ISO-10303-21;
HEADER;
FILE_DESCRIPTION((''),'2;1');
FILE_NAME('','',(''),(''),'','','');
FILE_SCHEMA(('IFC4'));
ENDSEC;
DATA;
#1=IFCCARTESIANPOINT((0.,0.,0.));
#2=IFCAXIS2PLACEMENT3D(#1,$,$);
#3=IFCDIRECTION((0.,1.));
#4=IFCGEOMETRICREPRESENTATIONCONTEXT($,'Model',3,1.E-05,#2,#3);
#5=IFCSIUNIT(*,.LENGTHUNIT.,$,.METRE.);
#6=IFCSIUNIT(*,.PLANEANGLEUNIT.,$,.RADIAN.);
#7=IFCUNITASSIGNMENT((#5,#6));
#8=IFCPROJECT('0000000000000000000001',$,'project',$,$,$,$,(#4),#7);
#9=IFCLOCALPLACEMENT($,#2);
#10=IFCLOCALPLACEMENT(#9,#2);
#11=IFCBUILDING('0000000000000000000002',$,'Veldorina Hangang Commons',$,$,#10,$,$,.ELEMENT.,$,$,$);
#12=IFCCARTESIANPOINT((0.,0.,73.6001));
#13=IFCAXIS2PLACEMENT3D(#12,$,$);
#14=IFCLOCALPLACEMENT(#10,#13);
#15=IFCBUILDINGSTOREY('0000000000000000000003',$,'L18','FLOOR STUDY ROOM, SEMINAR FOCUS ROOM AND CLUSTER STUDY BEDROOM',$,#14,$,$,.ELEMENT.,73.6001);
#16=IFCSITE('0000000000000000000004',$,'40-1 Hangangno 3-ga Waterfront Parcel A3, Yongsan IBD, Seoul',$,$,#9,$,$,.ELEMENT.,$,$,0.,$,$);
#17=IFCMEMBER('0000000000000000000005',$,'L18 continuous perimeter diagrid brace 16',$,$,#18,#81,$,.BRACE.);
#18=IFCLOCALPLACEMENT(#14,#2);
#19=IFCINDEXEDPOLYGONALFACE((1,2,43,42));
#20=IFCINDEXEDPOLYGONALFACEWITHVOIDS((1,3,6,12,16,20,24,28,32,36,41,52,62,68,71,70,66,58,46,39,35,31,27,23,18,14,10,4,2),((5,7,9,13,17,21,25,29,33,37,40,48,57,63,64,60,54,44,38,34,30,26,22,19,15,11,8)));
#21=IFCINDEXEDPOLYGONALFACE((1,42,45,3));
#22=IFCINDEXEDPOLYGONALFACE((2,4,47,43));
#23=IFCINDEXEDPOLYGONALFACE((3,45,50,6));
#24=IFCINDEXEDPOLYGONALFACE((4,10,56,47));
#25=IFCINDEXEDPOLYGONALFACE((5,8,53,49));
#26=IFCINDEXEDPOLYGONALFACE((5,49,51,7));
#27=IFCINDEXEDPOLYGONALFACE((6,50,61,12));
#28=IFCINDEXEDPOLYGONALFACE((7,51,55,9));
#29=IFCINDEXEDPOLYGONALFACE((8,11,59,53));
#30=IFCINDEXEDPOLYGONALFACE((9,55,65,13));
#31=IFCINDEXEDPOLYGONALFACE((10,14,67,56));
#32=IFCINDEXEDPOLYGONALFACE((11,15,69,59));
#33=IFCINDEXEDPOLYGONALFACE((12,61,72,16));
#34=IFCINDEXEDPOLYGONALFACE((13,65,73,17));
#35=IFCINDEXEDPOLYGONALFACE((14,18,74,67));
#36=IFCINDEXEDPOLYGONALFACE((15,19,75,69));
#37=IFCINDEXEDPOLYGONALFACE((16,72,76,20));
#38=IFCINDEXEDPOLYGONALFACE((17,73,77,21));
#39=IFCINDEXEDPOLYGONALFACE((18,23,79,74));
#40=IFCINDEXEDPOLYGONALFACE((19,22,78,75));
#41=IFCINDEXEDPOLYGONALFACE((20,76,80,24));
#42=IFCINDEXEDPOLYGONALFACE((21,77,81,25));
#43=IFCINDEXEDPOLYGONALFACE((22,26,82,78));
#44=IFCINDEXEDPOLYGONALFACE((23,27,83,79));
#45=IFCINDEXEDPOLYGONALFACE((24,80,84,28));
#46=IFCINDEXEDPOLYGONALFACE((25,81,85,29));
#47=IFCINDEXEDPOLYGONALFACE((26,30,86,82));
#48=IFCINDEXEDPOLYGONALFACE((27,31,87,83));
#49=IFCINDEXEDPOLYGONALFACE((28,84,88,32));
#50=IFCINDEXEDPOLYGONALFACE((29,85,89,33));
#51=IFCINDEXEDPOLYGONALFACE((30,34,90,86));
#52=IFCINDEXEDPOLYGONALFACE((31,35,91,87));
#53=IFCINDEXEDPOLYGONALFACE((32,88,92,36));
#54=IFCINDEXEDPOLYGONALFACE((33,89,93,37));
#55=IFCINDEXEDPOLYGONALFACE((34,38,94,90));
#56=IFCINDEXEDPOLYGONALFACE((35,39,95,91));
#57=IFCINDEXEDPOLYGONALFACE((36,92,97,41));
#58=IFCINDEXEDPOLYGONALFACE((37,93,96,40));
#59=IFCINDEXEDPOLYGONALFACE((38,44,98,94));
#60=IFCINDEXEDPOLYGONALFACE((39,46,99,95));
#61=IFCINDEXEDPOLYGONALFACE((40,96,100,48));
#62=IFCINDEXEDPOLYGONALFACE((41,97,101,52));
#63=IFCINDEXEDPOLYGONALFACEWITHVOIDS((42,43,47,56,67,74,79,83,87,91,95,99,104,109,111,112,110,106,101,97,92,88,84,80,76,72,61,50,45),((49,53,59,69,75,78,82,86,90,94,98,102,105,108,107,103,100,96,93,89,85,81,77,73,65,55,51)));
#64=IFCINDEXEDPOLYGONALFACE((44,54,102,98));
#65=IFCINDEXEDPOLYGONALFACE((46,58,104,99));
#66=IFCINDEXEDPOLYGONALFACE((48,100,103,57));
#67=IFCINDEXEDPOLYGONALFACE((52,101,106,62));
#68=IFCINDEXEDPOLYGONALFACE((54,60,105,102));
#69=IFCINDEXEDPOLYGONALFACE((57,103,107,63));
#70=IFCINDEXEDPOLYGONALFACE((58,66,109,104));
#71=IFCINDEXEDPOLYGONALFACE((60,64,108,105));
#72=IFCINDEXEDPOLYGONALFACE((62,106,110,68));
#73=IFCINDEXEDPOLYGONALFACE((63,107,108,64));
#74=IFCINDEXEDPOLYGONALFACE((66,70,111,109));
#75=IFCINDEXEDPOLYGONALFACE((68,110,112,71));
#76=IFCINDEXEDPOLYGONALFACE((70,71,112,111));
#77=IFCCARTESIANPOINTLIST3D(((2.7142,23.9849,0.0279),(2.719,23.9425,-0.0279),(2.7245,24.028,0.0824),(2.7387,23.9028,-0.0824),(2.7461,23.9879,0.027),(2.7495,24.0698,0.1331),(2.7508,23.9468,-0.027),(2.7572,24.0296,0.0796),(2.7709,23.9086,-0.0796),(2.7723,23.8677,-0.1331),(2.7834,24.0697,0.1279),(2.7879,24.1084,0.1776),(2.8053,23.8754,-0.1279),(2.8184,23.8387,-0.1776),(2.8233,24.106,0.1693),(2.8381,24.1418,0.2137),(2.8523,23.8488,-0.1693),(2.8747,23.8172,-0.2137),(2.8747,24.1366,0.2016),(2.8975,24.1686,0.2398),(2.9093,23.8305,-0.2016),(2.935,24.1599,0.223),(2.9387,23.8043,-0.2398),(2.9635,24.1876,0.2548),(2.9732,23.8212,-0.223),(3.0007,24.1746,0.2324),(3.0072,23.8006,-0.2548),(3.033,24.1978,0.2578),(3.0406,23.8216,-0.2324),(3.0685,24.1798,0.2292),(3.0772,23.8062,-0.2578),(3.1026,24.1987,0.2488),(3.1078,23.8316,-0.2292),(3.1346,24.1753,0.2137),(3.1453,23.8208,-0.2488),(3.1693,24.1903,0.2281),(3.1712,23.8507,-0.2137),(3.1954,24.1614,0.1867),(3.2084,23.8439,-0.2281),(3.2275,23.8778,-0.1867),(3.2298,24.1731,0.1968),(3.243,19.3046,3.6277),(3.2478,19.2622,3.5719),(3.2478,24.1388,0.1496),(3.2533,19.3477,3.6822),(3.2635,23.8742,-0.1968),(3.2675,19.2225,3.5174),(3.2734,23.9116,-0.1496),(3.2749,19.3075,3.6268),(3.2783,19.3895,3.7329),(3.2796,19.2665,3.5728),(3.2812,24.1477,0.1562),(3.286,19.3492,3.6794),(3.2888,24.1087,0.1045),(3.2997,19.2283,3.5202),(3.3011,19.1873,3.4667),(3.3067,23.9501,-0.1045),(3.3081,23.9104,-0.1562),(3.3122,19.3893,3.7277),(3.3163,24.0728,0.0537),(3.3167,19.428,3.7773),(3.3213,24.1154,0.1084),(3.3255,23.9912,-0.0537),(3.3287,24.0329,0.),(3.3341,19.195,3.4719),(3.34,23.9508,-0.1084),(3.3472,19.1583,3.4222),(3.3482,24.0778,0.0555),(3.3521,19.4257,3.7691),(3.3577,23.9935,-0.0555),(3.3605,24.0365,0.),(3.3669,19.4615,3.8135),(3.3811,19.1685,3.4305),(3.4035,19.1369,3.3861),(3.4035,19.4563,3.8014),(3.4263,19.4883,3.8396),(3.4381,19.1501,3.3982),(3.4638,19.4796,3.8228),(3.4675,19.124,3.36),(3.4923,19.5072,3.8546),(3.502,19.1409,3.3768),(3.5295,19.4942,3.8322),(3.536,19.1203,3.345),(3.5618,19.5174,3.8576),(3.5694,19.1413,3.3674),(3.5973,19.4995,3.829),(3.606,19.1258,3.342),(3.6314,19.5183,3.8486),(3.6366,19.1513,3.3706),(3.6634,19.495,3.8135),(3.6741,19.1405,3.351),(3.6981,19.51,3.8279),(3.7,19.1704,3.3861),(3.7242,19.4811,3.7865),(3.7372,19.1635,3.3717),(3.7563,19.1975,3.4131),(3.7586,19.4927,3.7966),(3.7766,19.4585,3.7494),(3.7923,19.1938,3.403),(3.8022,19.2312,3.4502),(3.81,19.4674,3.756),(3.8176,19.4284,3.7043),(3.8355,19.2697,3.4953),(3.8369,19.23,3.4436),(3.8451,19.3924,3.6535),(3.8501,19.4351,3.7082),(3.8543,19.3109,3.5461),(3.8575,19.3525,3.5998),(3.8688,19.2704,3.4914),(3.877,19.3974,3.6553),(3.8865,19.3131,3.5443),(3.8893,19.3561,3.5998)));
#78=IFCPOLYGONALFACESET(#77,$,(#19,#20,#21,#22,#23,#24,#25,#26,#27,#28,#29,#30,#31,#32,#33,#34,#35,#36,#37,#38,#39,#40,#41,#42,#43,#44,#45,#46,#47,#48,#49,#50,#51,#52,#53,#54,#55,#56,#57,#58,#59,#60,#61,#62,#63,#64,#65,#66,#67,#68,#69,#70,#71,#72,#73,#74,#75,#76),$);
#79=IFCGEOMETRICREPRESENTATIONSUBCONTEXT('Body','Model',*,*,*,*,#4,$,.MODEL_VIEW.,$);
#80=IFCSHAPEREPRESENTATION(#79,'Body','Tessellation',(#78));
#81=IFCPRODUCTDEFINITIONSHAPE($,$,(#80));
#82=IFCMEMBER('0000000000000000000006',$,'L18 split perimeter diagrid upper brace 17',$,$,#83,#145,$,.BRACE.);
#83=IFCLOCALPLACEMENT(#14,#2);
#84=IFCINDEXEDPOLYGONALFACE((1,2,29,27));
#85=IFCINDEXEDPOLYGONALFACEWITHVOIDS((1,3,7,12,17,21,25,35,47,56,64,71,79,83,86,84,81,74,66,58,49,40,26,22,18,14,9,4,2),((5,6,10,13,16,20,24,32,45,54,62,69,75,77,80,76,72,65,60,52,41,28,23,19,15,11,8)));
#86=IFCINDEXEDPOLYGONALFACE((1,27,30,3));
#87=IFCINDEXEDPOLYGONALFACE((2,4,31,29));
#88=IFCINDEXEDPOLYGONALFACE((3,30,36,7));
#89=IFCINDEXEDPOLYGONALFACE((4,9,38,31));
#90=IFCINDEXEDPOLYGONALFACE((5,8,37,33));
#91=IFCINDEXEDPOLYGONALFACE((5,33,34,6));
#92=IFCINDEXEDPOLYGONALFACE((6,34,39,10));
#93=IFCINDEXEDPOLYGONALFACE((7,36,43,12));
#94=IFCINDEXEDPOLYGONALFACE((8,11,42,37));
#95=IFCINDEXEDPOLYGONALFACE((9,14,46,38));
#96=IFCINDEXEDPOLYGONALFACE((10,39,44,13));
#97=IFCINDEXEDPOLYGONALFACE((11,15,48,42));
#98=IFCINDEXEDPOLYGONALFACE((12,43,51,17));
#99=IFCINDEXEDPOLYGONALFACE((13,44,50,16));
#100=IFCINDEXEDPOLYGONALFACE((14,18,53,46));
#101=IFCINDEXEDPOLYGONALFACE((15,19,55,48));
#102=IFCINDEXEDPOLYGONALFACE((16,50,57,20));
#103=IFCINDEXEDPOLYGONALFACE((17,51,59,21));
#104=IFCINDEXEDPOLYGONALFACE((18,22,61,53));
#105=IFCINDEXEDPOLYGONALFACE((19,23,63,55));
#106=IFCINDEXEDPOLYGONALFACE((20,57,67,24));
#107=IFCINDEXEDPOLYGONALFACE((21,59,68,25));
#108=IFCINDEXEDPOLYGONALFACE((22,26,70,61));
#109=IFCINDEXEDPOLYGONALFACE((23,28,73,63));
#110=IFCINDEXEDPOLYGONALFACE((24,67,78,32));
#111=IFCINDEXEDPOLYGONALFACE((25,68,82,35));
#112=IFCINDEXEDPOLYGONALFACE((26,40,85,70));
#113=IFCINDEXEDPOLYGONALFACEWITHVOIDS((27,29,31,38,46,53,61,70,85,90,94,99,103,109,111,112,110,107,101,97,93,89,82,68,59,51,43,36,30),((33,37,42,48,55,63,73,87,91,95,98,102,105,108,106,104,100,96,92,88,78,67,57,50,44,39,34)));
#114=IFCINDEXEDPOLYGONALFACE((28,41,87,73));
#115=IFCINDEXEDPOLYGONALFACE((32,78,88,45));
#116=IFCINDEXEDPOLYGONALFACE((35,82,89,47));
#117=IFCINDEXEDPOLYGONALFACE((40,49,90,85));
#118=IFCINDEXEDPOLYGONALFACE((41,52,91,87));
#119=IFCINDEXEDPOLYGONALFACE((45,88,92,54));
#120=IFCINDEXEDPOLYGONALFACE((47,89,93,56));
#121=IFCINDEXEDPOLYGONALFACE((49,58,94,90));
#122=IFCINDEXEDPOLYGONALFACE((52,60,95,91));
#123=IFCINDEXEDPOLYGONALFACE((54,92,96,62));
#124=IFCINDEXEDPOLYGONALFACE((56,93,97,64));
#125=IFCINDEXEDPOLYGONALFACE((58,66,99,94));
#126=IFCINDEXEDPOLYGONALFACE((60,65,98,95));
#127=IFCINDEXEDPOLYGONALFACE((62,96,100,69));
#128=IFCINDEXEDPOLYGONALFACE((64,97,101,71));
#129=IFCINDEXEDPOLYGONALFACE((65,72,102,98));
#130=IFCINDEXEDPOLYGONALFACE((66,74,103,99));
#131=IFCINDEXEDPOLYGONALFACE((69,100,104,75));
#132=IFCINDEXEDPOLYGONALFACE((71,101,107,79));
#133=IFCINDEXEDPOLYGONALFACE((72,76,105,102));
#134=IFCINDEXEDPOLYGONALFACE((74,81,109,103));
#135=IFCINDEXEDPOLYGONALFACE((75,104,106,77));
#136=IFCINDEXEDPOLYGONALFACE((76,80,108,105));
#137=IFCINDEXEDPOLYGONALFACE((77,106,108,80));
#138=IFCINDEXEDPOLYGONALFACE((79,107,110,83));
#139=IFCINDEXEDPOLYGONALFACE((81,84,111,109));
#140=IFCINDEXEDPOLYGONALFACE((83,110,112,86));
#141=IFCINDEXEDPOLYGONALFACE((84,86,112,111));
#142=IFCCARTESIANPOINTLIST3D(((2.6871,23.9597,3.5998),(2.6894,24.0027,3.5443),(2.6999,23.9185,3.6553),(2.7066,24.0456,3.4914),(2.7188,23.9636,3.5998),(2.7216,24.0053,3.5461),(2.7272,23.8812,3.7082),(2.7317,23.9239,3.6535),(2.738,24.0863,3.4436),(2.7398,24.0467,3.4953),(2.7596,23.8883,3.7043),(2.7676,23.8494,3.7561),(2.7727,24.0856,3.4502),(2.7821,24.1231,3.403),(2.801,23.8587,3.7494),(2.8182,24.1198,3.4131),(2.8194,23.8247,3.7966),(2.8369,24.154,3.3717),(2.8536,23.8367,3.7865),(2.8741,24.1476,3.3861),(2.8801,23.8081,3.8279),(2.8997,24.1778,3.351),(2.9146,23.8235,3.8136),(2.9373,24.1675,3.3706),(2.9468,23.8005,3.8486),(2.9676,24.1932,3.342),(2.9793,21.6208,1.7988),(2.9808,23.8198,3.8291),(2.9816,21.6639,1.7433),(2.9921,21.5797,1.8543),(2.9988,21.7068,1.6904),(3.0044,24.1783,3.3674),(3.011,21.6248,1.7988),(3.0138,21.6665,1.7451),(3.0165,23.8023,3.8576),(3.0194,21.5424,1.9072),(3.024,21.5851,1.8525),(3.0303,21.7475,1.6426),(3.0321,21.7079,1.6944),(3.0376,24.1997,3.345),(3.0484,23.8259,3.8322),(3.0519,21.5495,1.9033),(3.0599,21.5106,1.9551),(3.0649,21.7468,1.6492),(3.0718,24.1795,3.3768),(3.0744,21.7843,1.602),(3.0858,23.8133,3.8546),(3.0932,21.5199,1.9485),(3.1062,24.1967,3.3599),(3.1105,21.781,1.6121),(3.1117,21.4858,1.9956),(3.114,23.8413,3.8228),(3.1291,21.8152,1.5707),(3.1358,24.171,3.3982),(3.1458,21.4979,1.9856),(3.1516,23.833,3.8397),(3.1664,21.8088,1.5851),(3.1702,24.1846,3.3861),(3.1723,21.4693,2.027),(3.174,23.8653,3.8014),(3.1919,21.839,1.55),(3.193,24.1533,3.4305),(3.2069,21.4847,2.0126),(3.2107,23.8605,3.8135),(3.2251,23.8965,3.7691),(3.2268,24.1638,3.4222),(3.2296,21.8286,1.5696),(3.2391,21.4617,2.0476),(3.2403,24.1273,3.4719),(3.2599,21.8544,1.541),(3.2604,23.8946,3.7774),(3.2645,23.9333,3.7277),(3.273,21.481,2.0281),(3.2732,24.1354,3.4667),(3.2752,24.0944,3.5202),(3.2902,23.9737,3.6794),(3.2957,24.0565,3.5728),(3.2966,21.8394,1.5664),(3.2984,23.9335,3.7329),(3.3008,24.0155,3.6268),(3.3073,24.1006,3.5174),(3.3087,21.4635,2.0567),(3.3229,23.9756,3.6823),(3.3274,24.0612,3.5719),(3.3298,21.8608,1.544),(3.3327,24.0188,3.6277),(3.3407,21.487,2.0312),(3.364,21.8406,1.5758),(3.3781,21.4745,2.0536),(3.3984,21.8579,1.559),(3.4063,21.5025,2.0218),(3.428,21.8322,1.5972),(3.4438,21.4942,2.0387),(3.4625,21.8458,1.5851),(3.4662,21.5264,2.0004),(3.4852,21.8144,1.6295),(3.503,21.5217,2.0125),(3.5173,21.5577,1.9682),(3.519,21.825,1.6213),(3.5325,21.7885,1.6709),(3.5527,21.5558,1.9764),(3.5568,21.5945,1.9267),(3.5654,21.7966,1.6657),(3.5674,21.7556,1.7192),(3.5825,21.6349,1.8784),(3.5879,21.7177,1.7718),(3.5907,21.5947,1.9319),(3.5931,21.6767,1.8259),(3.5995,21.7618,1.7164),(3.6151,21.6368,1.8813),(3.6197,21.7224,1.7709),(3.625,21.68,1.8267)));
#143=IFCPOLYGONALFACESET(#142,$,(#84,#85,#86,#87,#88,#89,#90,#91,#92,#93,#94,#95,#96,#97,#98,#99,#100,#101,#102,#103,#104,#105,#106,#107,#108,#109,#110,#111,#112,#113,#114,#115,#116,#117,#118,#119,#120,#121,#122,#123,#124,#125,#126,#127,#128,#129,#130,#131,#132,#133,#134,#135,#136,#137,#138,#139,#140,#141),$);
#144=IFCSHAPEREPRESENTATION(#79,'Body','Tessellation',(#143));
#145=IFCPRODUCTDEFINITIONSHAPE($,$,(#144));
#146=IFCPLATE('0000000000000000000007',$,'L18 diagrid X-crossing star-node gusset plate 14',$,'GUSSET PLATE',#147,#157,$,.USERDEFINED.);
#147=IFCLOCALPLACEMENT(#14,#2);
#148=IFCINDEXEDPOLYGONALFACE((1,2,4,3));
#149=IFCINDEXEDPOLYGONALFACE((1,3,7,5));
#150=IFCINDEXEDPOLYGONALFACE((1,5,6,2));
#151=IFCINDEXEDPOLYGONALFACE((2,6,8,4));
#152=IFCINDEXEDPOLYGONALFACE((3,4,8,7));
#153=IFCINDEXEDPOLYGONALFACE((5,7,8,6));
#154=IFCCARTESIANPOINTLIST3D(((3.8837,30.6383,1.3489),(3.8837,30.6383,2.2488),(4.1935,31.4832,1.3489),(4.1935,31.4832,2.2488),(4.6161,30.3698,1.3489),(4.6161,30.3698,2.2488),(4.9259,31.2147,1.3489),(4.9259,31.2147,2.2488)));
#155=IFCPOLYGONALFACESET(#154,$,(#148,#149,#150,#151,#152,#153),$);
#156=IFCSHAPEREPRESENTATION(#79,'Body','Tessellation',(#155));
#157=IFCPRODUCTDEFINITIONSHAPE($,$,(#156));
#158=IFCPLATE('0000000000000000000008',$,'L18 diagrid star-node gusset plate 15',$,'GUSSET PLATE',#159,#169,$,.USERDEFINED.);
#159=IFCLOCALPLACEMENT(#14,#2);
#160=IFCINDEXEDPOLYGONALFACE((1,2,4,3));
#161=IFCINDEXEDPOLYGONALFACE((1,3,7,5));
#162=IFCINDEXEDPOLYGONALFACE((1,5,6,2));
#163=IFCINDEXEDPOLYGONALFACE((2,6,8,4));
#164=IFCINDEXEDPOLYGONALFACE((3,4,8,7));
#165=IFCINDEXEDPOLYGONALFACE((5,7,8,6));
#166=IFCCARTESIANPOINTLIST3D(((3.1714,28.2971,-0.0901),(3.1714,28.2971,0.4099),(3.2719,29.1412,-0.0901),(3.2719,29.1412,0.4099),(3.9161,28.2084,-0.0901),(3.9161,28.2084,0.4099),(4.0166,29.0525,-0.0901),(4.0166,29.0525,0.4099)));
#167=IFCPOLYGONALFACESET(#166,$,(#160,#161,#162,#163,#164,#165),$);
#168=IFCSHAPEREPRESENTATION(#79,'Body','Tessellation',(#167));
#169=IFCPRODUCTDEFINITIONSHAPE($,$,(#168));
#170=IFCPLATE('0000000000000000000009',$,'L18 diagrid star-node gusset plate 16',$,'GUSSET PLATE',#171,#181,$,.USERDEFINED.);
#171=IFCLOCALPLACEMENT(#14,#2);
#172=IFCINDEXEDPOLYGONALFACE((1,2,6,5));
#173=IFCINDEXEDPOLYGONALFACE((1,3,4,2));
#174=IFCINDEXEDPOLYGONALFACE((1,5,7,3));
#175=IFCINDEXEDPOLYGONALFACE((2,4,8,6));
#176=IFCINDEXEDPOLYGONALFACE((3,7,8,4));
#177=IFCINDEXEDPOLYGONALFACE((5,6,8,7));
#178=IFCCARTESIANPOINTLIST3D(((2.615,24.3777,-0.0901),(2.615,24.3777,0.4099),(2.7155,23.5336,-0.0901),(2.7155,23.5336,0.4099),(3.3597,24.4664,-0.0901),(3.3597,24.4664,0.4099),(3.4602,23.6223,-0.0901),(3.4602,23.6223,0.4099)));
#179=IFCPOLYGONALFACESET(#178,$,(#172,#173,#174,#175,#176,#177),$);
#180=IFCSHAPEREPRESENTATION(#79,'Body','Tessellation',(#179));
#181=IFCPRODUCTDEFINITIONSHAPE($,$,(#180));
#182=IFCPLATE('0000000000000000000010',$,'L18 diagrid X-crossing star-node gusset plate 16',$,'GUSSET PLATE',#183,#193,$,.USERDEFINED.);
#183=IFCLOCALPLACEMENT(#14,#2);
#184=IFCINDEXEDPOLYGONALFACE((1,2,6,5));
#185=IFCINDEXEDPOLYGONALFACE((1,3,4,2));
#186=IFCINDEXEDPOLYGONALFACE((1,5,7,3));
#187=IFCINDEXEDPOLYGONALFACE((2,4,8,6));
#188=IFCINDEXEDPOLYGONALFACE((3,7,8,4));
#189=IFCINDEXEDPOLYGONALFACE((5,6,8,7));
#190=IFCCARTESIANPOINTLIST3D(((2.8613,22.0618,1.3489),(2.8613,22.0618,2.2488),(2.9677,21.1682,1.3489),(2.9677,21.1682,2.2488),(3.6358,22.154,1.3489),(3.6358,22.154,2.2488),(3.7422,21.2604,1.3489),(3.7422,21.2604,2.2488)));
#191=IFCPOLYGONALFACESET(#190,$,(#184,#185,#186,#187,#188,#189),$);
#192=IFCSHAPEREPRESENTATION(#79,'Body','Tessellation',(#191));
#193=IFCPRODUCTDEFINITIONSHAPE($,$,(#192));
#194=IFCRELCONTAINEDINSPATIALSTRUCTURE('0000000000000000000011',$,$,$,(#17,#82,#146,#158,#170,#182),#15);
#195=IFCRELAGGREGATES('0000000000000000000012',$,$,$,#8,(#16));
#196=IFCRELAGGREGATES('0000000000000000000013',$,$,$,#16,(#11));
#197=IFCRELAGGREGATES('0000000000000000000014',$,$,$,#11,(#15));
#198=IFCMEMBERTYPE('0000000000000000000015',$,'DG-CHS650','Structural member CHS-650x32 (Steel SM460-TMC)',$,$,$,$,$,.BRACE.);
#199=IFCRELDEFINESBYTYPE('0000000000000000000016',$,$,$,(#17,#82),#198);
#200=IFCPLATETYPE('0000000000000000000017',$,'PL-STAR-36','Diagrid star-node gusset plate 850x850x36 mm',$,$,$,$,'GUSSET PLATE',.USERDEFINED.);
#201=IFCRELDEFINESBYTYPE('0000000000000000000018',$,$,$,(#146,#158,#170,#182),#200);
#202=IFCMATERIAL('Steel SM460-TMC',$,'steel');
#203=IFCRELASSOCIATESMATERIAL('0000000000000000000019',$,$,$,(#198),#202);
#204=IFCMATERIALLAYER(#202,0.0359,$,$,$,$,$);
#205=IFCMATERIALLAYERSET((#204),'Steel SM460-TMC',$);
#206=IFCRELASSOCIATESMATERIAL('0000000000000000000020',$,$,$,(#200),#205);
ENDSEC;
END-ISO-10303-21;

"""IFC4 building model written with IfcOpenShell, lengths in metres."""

from ifc_helpers import new_model, si_unit, direction, frame, origin, origin_2d, place, context, subcontext, project, spatial, rectangle, hollow_circle, extrude, material, layer, layer_set, material_profile, profile_set, type_object, element, save


model = new_model("IFC4")

# Units and contexts
model_context = context("Model", 3, precision=1e-05, world=origin(), true_north=direction((0.0, 1.0)))
body_context = subcontext(model_context, "Body", "Model", "MODEL_VIEW")
ifc_project = project(units=[si_unit("LENGTHUNIT", "METRE"), si_unit("PLANEANGLEUNIT", "RADIAN")], contexts=[model_context])

# Site, building, storey
site_placement = place(None, origin())
site = spatial("IfcSite", under=ifc_project, at=site_placement, Name="40-1 Hangangno 3-ga Waterfront Parcel A3, Yongsan IBD, Seoul", CompositionType="ELEMENT", RefElevation=0.0)
building_placement = place(site_placement, origin())
building = spatial("IfcBuilding", under=site, at=building_placement, Name="Veldorina Hangang Commons", CompositionType="ELEMENT")
storey_placement = place(building_placement, frame((0.0, 0.0, 73.6001)))
storey = spatial("IfcBuildingStorey", under=building, at=storey_placement, Name="L18", Description="FLOOR STUDY ROOM, SEMINAR FOCUS ROOM AND CLUSTER STUDY BEDROOM", CompositionType="ELEMENT", Elevation=73.6001)

# Members
ifc_material_1 = material(Name="Steel SM460-TMC", Category="steel")
ifc_material_profile_1 = material_profile(ifc_material_1, hollow_circle(Radius=0.325, WallThickness=0.032, at=origin_2d()), Name="CHS-650x32")
ifc_profile_set_1 = profile_set([ifc_material_profile_1], Name="Steel SM460-TMC")
member_type = type_object("IfcMemberType", Name="DG-CHS650", Description="Structural member CHS-650x32 (Steel SM460-TMC)", PredefinedType="BRACE", material=ifc_profile_set_1)
member_1_placement = place(storey_placement, frame((3.0376, 24.0, 0.0), z_axis=(0.0892, -0.789503, 0.607231), x_axis=(0.993678, 0.112269, 0.0)))
element("IfcMember", 1, at=member_1_placement, inside=storey, type_object=member_type, Name="L18 continuous perimeter diagrid brace 16", PredefinedType="BRACE", context=body_context, shape_type="SweptSolid", body=[
    extrude(hollow_circle(Radius=0.325, WallThickness=0.032, at=origin_2d()), origin(), (0.0, 0.0, 1.0), 5.9282),
])
member_2_placement = place(storey_placement, frame((3.3018, 21.6611, 1.7988), z_axis=(-0.098516, 0.788459, 0.607146), x_axis=(-0.992284, -0.123984, 0.0)))
element("IfcMember", 2, at=member_2_placement, inside=storey, type_object=member_type, Name="L18 split perimeter diagrid upper brace 17", PredefinedType="BRACE", context=body_context, shape_type="SweptSolid", body=[
    extrude(hollow_circle(Radius=0.325, WallThickness=0.032, at=origin_2d()), origin(), (0.0, 0.0, 1.0), 2.9663),
])

# Plates
ifc_layer_1 = layer(ifc_material_1, 0.0359)
ifc_layer_set_1 = layer_set([ifc_layer_1], Name="Steel SM460-TMC")
plate_type = type_object("IfcPlateType", Name="PL-STAR-36", Description="Diagrid star-node gusset plate 850x850x36 mm", ElementType="GUSSET PLATE", PredefinedType="USERDEFINED", material=ifc_layer_set_1)
plate_1_placement = place(storey_placement, frame((4.4048, 30.9265, 1.3489), z_axis=(0.0, 0.0, 1.0), x_axis=(-0.344233, -0.938884, 0.0)))
element("IfcPlate", 3, at=plate_1_placement, inside=storey, type_object=plate_type, Name="L18 diagrid X-crossing star-node gusset plate 14", ObjectType="GUSSET PLATE", PredefinedType="USERDEFINED", context=body_context, shape_type="SweptSolid", body=[
    extrude(rectangle(XDim=0.8999, YDim=0.78, at=origin_2d()), origin(), (0.0, 0.0, 1.0), 0.8999),
])
for number, where, z_axis, x_axis, name in (
    (4, (3.594, 28.6748, -0.0901), (0.0, 0.0, 1.0), (-0.118213, -0.992988, 0.0), "L18 diagrid star-node gusset plate 15"),
    (5, (3.0376, 24.0, -0.0901), (0.0, 0.0, 1.0), (0.118213, -0.992988, 0.0), "L18 diagrid star-node gusset plate 16"),
):
    element("IfcPlate", number, at=place(storey_placement, frame(where, z_axis=z_axis, x_axis=x_axis)), inside=storey, type_object=plate_type, Name=name, ObjectType="GUSSET PLATE", PredefinedType="USERDEFINED", context=body_context, shape_type="SweptSolid", body=[
        extrude(rectangle(XDim=0.8501, YDim=0.75, at=origin_2d()), origin(), (0.0, 0.0, 1.0), 0.5),
    ])
plate_2_placement = place(storey_placement, frame((3.3018, 21.6611, 1.3489), z_axis=(0.0, 0.0, 1.0), x_axis=(0.118213, -0.992988, 0.0)))
element("IfcPlate", 6, at=plate_2_placement, inside=storey, type_object=plate_type, Name="L18 diagrid X-crossing star-node gusset plate 16", ObjectType="GUSSET PLATE", PredefinedType="USERDEFINED", context=body_context, shape_type="SweptSolid", body=[
    extrude(rectangle(XDim=0.8999, YDim=0.78, at=origin_2d()), origin(), (0.0, 0.0, 1.0), 0.8999),
])

save(model, "model.ifc")
